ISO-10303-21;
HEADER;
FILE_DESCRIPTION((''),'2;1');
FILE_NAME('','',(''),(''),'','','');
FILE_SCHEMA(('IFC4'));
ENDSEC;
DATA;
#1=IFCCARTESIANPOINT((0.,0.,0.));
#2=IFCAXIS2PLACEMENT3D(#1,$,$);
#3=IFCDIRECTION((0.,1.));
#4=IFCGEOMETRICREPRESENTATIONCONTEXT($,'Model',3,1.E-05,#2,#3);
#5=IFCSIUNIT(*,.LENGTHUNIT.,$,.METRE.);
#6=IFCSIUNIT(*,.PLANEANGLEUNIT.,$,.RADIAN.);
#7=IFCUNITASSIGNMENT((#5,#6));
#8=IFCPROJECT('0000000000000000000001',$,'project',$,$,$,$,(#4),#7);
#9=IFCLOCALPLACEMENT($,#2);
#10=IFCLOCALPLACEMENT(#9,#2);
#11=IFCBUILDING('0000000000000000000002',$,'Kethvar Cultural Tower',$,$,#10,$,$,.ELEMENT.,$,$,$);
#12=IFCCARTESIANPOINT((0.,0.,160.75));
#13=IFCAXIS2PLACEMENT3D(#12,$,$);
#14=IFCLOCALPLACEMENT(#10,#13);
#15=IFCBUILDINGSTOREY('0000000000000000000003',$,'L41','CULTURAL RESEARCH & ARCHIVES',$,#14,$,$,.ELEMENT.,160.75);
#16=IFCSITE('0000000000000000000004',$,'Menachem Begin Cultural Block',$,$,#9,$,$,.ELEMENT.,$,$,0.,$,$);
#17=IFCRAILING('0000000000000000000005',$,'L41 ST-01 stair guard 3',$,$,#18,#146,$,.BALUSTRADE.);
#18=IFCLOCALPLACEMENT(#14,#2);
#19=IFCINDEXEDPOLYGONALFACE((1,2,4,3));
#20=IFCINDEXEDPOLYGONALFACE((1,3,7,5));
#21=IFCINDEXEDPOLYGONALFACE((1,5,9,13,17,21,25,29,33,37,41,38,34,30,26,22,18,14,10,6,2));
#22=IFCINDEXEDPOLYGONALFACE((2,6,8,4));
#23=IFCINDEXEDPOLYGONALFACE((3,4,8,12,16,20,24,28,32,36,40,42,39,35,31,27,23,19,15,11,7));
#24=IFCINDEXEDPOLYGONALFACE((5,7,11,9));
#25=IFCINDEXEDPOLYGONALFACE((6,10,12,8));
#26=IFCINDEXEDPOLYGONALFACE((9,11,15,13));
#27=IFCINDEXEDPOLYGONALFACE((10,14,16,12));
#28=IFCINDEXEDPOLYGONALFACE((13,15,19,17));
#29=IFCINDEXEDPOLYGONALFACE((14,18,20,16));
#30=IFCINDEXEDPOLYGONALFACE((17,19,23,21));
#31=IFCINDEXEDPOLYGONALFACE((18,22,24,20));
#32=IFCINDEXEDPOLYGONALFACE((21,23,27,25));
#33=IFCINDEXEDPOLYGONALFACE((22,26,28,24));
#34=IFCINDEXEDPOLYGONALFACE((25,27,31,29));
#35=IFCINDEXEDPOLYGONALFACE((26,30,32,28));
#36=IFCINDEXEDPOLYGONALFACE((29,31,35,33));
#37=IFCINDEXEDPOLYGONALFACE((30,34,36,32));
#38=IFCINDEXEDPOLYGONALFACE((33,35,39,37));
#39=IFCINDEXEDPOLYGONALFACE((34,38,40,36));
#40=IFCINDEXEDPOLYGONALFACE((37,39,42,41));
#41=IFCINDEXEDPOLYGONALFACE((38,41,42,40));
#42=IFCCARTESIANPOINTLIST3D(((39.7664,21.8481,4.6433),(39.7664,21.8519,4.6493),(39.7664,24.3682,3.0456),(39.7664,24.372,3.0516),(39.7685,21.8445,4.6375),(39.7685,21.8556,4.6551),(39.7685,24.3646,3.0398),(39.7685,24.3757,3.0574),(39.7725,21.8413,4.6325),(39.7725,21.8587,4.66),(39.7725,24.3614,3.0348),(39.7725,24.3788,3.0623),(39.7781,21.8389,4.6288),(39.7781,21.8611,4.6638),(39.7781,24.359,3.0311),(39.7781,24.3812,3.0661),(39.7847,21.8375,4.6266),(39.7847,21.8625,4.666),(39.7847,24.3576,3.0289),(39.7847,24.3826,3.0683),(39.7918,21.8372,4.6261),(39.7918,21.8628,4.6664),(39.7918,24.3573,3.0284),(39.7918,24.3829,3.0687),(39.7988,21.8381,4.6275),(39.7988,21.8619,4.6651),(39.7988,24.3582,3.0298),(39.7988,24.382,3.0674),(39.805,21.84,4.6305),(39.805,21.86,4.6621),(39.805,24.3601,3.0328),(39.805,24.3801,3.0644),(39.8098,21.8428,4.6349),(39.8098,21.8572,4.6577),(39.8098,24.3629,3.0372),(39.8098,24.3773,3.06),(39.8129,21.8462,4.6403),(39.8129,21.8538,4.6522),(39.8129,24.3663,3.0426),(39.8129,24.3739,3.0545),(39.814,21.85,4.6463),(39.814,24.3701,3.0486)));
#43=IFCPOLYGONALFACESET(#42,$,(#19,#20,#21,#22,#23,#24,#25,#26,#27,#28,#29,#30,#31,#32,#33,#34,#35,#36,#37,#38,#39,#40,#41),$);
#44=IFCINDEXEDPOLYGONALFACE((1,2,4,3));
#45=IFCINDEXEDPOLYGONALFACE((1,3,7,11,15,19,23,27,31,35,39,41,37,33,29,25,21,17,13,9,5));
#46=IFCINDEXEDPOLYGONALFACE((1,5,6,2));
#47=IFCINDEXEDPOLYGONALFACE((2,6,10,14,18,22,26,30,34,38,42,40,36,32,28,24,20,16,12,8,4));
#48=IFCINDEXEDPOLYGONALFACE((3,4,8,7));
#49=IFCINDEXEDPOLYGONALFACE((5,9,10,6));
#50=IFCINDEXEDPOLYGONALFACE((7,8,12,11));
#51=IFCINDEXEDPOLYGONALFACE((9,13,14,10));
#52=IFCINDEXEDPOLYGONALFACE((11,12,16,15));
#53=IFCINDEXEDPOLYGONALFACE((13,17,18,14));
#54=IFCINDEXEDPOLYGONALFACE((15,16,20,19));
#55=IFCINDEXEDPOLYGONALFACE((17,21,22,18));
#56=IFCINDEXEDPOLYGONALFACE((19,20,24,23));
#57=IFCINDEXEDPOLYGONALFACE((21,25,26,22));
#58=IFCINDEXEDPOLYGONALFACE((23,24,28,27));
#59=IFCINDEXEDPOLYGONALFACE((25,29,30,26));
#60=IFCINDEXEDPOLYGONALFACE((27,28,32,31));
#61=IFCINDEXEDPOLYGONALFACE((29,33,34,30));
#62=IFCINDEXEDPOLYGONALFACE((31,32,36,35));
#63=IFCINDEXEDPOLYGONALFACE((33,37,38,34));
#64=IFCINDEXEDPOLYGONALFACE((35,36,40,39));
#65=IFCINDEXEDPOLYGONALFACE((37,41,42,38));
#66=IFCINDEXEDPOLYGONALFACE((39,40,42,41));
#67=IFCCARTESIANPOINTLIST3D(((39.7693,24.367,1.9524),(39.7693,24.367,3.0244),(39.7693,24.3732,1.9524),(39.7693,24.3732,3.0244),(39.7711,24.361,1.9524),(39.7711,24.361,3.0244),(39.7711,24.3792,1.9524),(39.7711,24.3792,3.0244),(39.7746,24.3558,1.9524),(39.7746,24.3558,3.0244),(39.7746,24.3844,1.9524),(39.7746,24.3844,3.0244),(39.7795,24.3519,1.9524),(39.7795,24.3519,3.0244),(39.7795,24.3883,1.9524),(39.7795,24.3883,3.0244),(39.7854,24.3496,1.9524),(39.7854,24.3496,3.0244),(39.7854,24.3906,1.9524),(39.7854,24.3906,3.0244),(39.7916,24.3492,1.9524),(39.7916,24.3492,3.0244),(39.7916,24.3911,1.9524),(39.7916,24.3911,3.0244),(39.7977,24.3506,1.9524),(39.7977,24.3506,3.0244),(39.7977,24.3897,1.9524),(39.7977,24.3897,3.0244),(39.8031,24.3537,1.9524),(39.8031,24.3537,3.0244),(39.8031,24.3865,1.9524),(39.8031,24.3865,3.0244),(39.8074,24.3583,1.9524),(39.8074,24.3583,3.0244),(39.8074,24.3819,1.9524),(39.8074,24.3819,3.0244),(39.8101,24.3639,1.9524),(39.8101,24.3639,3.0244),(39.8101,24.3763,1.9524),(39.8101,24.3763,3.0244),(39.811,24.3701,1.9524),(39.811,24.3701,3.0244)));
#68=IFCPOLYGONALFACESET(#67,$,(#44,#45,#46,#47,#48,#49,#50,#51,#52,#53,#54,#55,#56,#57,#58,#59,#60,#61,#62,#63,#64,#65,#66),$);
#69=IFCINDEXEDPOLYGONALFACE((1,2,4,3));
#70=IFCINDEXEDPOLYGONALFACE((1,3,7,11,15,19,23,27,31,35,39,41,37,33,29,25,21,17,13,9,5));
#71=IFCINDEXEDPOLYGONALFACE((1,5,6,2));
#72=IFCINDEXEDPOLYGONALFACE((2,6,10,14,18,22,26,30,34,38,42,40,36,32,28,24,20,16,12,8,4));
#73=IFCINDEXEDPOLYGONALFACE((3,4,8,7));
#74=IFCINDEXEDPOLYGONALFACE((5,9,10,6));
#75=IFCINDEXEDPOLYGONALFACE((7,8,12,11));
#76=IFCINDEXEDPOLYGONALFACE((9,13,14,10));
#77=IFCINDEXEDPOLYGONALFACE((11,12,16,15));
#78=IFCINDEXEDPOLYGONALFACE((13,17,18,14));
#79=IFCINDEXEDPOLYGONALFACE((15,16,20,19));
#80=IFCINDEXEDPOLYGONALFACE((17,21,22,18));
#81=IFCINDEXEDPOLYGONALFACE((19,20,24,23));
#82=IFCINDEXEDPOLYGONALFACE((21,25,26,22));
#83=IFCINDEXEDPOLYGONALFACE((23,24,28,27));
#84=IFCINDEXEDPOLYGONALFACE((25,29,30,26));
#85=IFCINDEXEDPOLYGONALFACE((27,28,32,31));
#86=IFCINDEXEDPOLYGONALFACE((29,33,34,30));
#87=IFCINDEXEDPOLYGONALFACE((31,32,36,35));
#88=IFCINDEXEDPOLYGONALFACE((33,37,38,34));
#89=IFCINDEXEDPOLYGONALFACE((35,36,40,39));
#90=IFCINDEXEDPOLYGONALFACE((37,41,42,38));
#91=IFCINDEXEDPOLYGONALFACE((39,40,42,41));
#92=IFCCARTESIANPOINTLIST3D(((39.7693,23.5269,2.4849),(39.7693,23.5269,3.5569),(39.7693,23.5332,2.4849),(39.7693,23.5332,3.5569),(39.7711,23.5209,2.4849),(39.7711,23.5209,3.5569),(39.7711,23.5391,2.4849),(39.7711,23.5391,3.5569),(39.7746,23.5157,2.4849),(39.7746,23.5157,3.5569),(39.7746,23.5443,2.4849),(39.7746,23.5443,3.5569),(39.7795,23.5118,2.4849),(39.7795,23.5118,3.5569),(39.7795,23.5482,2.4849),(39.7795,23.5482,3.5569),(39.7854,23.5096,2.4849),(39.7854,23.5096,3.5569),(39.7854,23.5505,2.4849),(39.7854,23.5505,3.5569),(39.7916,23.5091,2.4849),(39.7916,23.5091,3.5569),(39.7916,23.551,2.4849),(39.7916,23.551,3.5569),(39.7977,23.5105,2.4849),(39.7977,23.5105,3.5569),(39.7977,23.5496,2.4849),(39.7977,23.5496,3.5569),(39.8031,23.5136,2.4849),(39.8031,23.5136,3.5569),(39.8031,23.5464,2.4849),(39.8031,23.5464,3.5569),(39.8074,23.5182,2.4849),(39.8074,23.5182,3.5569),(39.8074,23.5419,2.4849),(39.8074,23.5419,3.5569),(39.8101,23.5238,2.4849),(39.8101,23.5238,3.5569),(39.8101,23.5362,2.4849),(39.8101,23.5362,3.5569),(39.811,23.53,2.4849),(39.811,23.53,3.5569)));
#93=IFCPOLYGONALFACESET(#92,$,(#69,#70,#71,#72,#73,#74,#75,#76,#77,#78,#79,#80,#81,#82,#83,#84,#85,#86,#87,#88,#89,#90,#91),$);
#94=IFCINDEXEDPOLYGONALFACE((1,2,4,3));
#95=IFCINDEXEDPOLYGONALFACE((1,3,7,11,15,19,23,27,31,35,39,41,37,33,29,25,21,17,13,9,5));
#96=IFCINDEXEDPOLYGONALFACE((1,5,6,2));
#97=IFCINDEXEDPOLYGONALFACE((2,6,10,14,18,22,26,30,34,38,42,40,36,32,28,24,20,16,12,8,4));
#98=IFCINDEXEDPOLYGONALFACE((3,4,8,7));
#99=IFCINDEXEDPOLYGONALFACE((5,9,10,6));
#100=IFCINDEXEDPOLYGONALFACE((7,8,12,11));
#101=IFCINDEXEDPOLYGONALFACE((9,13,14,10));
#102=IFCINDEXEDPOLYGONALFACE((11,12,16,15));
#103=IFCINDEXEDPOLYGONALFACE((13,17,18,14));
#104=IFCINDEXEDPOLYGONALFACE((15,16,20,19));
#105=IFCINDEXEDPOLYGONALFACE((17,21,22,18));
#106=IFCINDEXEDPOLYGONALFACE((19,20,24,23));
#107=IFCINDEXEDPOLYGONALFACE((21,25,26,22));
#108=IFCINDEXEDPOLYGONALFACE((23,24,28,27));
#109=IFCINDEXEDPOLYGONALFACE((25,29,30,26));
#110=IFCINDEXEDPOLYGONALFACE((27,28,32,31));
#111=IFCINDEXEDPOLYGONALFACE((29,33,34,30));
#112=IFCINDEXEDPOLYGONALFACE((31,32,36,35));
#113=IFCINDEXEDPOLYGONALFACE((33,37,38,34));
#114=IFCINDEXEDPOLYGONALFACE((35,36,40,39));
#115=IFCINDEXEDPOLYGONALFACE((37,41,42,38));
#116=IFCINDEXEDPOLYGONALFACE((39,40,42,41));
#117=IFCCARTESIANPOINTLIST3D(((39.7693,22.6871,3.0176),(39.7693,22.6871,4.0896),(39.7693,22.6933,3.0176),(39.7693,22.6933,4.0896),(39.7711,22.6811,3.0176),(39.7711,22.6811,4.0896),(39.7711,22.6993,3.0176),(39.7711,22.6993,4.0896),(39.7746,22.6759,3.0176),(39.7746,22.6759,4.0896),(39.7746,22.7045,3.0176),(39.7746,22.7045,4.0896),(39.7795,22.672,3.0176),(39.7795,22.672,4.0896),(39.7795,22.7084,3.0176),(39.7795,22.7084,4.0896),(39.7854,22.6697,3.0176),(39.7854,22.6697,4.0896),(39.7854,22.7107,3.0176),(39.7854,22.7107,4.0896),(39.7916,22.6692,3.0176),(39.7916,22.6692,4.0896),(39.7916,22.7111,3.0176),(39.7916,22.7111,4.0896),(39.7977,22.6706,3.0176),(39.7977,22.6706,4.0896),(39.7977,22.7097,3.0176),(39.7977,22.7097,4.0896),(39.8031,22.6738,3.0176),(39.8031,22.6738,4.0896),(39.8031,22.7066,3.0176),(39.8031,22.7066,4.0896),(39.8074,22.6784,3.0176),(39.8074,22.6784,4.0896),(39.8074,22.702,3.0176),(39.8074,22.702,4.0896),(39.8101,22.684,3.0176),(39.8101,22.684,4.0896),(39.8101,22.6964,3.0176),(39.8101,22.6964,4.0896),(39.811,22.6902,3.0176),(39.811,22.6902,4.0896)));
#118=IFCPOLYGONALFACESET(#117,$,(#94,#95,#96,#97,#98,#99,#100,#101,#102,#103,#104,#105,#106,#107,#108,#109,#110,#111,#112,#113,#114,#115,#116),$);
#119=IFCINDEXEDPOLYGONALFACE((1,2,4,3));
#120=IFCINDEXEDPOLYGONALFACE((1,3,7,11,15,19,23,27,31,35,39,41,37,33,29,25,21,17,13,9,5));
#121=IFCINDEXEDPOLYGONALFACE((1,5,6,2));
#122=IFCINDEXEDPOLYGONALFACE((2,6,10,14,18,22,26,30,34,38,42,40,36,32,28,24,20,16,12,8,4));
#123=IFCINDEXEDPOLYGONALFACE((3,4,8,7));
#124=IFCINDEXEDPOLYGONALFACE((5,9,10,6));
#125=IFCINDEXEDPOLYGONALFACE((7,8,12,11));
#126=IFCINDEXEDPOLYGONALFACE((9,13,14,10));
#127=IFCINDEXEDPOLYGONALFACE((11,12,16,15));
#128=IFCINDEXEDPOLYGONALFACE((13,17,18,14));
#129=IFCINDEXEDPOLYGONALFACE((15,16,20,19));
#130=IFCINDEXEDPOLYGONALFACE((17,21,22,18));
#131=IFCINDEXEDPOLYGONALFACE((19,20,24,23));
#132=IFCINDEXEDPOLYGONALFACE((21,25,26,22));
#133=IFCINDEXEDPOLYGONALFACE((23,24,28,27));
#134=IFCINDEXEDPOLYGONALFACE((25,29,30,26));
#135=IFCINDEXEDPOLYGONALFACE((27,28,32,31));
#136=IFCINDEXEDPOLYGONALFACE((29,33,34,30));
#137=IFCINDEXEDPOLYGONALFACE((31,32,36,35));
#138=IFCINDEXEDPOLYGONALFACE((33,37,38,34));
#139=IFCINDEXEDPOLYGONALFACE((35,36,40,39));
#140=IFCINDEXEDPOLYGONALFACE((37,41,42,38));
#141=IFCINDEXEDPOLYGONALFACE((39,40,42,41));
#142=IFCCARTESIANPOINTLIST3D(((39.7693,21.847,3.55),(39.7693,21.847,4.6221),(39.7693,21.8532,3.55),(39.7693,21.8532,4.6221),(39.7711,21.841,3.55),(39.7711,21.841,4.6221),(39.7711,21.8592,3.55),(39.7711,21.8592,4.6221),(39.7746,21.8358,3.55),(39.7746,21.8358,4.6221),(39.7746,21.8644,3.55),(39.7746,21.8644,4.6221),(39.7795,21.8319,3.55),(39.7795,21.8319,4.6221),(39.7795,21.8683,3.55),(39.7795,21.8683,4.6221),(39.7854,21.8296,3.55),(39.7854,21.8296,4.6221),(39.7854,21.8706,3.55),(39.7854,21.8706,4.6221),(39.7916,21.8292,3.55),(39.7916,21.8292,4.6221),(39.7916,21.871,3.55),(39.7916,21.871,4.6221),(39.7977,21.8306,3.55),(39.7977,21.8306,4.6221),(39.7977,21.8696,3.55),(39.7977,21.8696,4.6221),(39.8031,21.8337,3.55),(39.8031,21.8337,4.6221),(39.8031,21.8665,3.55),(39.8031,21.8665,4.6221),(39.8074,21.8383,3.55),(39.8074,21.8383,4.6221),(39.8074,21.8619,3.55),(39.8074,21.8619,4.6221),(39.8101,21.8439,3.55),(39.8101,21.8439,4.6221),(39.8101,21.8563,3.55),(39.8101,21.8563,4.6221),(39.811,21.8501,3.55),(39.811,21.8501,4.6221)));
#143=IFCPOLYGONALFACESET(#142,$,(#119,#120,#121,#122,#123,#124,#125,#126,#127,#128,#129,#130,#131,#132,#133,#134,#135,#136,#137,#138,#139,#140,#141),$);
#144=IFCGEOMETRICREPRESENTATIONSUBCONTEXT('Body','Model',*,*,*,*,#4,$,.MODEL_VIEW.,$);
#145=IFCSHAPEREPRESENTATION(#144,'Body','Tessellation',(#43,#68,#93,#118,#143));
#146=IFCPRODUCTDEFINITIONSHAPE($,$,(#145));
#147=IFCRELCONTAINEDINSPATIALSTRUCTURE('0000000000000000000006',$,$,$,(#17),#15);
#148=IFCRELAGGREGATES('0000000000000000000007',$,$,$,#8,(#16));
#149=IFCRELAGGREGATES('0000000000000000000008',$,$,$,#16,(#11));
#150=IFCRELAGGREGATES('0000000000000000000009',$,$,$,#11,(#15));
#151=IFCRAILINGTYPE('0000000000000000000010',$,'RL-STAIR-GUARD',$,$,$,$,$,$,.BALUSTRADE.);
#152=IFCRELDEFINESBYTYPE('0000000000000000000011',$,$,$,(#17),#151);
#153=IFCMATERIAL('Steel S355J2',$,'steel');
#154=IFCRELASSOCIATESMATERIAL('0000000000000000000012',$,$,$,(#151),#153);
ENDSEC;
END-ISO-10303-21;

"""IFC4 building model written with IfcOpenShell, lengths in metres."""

from ifc_helpers import new_model, si_unit, direction, frame, origin, origin_2d, place, context, subcontext, project, spatial, circle, extrude, material, type_object, element, save


model = new_model("IFC4")

# Units and contexts
model_context = context("Model", 3, precision=1e-05, world=origin(), true_north=direction((0.0, 1.0)))
body_context = subcontext(model_context, "Body", "Model", "MODEL_VIEW")
ifc_project = project(units=[si_unit("LENGTHUNIT", "METRE"), si_unit("PLANEANGLEUNIT", "RADIAN")], contexts=[model_context])

# Site, building, storey
site_placement = place(None, origin())
site = spatial("IfcSite", under=ifc_project, at=site_placement, Name="Menachem Begin Cultural Block", CompositionType="ELEMENT", RefElevation=0.0)
building_placement = place(site_placement, origin())
building = spatial("IfcBuilding", under=site, at=building_placement, Name="Kethvar Cultural Tower", CompositionType="ELEMENT")
storey_placement = place(building_placement, frame((0.0, 0.0, 160.75)))
storey = spatial("IfcBuildingStorey", under=building, at=storey_placement, Name="L41", Description="CULTURAL RESEARCH & ARCHIVES", CompositionType="ELEMENT", Elevation=160.75)

# Shared definitions
ifc_material_1 = material(Name="Steel S355J2", Category="steel")

# Railing
railing_type_1 = type_object("IfcRailingType", Name="RL-STAIR-GUARD", PredefinedType="BALUSTRADE", material=ifc_material_1)
railing_1_placement = place(storey_placement, frame((39.79, 24.3701, 1.9524)))
element("IfcRailing", 1, at=railing_1_placement, inside=storey, type_object=railing_type_1, Name="L41 ST-01 stair guard 3", PredefinedType="BALUSTRADE", context=body_context, shape_type="SweptSolid", body=[
    extrude(circle(Radius=0.0239, at=origin_2d()), frame((0.0, 0.0, 1.0962), z_axis=(0.0, -0.84457, 0.535445), x_axis=(1.0, 0.0, 0.0)), (0.0, 0.0, 1.0), 2.9839),
    extrude(circle(Radius=0.021, at=origin_2d()), origin(), (0.0, 0.0, 1.0), 1.072),
    extrude(circle(Radius=0.021, at=origin_2d()), frame((0.0, -0.8401, 0.5325)), (0.0, 0.0, 1.0), 1.072),
    extrude(circle(Radius=0.021, at=origin_2d()), frame((0.0, -1.6799, 1.0652)), (0.0, 0.0, 1.0), 1.072),
    extrude(circle(Radius=0.021, at=origin_2d()), frame((0.0, -2.52, 1.5977)), (0.0, 0.0, 1.0), 1.072),
])

save(model, "model.ifc")
